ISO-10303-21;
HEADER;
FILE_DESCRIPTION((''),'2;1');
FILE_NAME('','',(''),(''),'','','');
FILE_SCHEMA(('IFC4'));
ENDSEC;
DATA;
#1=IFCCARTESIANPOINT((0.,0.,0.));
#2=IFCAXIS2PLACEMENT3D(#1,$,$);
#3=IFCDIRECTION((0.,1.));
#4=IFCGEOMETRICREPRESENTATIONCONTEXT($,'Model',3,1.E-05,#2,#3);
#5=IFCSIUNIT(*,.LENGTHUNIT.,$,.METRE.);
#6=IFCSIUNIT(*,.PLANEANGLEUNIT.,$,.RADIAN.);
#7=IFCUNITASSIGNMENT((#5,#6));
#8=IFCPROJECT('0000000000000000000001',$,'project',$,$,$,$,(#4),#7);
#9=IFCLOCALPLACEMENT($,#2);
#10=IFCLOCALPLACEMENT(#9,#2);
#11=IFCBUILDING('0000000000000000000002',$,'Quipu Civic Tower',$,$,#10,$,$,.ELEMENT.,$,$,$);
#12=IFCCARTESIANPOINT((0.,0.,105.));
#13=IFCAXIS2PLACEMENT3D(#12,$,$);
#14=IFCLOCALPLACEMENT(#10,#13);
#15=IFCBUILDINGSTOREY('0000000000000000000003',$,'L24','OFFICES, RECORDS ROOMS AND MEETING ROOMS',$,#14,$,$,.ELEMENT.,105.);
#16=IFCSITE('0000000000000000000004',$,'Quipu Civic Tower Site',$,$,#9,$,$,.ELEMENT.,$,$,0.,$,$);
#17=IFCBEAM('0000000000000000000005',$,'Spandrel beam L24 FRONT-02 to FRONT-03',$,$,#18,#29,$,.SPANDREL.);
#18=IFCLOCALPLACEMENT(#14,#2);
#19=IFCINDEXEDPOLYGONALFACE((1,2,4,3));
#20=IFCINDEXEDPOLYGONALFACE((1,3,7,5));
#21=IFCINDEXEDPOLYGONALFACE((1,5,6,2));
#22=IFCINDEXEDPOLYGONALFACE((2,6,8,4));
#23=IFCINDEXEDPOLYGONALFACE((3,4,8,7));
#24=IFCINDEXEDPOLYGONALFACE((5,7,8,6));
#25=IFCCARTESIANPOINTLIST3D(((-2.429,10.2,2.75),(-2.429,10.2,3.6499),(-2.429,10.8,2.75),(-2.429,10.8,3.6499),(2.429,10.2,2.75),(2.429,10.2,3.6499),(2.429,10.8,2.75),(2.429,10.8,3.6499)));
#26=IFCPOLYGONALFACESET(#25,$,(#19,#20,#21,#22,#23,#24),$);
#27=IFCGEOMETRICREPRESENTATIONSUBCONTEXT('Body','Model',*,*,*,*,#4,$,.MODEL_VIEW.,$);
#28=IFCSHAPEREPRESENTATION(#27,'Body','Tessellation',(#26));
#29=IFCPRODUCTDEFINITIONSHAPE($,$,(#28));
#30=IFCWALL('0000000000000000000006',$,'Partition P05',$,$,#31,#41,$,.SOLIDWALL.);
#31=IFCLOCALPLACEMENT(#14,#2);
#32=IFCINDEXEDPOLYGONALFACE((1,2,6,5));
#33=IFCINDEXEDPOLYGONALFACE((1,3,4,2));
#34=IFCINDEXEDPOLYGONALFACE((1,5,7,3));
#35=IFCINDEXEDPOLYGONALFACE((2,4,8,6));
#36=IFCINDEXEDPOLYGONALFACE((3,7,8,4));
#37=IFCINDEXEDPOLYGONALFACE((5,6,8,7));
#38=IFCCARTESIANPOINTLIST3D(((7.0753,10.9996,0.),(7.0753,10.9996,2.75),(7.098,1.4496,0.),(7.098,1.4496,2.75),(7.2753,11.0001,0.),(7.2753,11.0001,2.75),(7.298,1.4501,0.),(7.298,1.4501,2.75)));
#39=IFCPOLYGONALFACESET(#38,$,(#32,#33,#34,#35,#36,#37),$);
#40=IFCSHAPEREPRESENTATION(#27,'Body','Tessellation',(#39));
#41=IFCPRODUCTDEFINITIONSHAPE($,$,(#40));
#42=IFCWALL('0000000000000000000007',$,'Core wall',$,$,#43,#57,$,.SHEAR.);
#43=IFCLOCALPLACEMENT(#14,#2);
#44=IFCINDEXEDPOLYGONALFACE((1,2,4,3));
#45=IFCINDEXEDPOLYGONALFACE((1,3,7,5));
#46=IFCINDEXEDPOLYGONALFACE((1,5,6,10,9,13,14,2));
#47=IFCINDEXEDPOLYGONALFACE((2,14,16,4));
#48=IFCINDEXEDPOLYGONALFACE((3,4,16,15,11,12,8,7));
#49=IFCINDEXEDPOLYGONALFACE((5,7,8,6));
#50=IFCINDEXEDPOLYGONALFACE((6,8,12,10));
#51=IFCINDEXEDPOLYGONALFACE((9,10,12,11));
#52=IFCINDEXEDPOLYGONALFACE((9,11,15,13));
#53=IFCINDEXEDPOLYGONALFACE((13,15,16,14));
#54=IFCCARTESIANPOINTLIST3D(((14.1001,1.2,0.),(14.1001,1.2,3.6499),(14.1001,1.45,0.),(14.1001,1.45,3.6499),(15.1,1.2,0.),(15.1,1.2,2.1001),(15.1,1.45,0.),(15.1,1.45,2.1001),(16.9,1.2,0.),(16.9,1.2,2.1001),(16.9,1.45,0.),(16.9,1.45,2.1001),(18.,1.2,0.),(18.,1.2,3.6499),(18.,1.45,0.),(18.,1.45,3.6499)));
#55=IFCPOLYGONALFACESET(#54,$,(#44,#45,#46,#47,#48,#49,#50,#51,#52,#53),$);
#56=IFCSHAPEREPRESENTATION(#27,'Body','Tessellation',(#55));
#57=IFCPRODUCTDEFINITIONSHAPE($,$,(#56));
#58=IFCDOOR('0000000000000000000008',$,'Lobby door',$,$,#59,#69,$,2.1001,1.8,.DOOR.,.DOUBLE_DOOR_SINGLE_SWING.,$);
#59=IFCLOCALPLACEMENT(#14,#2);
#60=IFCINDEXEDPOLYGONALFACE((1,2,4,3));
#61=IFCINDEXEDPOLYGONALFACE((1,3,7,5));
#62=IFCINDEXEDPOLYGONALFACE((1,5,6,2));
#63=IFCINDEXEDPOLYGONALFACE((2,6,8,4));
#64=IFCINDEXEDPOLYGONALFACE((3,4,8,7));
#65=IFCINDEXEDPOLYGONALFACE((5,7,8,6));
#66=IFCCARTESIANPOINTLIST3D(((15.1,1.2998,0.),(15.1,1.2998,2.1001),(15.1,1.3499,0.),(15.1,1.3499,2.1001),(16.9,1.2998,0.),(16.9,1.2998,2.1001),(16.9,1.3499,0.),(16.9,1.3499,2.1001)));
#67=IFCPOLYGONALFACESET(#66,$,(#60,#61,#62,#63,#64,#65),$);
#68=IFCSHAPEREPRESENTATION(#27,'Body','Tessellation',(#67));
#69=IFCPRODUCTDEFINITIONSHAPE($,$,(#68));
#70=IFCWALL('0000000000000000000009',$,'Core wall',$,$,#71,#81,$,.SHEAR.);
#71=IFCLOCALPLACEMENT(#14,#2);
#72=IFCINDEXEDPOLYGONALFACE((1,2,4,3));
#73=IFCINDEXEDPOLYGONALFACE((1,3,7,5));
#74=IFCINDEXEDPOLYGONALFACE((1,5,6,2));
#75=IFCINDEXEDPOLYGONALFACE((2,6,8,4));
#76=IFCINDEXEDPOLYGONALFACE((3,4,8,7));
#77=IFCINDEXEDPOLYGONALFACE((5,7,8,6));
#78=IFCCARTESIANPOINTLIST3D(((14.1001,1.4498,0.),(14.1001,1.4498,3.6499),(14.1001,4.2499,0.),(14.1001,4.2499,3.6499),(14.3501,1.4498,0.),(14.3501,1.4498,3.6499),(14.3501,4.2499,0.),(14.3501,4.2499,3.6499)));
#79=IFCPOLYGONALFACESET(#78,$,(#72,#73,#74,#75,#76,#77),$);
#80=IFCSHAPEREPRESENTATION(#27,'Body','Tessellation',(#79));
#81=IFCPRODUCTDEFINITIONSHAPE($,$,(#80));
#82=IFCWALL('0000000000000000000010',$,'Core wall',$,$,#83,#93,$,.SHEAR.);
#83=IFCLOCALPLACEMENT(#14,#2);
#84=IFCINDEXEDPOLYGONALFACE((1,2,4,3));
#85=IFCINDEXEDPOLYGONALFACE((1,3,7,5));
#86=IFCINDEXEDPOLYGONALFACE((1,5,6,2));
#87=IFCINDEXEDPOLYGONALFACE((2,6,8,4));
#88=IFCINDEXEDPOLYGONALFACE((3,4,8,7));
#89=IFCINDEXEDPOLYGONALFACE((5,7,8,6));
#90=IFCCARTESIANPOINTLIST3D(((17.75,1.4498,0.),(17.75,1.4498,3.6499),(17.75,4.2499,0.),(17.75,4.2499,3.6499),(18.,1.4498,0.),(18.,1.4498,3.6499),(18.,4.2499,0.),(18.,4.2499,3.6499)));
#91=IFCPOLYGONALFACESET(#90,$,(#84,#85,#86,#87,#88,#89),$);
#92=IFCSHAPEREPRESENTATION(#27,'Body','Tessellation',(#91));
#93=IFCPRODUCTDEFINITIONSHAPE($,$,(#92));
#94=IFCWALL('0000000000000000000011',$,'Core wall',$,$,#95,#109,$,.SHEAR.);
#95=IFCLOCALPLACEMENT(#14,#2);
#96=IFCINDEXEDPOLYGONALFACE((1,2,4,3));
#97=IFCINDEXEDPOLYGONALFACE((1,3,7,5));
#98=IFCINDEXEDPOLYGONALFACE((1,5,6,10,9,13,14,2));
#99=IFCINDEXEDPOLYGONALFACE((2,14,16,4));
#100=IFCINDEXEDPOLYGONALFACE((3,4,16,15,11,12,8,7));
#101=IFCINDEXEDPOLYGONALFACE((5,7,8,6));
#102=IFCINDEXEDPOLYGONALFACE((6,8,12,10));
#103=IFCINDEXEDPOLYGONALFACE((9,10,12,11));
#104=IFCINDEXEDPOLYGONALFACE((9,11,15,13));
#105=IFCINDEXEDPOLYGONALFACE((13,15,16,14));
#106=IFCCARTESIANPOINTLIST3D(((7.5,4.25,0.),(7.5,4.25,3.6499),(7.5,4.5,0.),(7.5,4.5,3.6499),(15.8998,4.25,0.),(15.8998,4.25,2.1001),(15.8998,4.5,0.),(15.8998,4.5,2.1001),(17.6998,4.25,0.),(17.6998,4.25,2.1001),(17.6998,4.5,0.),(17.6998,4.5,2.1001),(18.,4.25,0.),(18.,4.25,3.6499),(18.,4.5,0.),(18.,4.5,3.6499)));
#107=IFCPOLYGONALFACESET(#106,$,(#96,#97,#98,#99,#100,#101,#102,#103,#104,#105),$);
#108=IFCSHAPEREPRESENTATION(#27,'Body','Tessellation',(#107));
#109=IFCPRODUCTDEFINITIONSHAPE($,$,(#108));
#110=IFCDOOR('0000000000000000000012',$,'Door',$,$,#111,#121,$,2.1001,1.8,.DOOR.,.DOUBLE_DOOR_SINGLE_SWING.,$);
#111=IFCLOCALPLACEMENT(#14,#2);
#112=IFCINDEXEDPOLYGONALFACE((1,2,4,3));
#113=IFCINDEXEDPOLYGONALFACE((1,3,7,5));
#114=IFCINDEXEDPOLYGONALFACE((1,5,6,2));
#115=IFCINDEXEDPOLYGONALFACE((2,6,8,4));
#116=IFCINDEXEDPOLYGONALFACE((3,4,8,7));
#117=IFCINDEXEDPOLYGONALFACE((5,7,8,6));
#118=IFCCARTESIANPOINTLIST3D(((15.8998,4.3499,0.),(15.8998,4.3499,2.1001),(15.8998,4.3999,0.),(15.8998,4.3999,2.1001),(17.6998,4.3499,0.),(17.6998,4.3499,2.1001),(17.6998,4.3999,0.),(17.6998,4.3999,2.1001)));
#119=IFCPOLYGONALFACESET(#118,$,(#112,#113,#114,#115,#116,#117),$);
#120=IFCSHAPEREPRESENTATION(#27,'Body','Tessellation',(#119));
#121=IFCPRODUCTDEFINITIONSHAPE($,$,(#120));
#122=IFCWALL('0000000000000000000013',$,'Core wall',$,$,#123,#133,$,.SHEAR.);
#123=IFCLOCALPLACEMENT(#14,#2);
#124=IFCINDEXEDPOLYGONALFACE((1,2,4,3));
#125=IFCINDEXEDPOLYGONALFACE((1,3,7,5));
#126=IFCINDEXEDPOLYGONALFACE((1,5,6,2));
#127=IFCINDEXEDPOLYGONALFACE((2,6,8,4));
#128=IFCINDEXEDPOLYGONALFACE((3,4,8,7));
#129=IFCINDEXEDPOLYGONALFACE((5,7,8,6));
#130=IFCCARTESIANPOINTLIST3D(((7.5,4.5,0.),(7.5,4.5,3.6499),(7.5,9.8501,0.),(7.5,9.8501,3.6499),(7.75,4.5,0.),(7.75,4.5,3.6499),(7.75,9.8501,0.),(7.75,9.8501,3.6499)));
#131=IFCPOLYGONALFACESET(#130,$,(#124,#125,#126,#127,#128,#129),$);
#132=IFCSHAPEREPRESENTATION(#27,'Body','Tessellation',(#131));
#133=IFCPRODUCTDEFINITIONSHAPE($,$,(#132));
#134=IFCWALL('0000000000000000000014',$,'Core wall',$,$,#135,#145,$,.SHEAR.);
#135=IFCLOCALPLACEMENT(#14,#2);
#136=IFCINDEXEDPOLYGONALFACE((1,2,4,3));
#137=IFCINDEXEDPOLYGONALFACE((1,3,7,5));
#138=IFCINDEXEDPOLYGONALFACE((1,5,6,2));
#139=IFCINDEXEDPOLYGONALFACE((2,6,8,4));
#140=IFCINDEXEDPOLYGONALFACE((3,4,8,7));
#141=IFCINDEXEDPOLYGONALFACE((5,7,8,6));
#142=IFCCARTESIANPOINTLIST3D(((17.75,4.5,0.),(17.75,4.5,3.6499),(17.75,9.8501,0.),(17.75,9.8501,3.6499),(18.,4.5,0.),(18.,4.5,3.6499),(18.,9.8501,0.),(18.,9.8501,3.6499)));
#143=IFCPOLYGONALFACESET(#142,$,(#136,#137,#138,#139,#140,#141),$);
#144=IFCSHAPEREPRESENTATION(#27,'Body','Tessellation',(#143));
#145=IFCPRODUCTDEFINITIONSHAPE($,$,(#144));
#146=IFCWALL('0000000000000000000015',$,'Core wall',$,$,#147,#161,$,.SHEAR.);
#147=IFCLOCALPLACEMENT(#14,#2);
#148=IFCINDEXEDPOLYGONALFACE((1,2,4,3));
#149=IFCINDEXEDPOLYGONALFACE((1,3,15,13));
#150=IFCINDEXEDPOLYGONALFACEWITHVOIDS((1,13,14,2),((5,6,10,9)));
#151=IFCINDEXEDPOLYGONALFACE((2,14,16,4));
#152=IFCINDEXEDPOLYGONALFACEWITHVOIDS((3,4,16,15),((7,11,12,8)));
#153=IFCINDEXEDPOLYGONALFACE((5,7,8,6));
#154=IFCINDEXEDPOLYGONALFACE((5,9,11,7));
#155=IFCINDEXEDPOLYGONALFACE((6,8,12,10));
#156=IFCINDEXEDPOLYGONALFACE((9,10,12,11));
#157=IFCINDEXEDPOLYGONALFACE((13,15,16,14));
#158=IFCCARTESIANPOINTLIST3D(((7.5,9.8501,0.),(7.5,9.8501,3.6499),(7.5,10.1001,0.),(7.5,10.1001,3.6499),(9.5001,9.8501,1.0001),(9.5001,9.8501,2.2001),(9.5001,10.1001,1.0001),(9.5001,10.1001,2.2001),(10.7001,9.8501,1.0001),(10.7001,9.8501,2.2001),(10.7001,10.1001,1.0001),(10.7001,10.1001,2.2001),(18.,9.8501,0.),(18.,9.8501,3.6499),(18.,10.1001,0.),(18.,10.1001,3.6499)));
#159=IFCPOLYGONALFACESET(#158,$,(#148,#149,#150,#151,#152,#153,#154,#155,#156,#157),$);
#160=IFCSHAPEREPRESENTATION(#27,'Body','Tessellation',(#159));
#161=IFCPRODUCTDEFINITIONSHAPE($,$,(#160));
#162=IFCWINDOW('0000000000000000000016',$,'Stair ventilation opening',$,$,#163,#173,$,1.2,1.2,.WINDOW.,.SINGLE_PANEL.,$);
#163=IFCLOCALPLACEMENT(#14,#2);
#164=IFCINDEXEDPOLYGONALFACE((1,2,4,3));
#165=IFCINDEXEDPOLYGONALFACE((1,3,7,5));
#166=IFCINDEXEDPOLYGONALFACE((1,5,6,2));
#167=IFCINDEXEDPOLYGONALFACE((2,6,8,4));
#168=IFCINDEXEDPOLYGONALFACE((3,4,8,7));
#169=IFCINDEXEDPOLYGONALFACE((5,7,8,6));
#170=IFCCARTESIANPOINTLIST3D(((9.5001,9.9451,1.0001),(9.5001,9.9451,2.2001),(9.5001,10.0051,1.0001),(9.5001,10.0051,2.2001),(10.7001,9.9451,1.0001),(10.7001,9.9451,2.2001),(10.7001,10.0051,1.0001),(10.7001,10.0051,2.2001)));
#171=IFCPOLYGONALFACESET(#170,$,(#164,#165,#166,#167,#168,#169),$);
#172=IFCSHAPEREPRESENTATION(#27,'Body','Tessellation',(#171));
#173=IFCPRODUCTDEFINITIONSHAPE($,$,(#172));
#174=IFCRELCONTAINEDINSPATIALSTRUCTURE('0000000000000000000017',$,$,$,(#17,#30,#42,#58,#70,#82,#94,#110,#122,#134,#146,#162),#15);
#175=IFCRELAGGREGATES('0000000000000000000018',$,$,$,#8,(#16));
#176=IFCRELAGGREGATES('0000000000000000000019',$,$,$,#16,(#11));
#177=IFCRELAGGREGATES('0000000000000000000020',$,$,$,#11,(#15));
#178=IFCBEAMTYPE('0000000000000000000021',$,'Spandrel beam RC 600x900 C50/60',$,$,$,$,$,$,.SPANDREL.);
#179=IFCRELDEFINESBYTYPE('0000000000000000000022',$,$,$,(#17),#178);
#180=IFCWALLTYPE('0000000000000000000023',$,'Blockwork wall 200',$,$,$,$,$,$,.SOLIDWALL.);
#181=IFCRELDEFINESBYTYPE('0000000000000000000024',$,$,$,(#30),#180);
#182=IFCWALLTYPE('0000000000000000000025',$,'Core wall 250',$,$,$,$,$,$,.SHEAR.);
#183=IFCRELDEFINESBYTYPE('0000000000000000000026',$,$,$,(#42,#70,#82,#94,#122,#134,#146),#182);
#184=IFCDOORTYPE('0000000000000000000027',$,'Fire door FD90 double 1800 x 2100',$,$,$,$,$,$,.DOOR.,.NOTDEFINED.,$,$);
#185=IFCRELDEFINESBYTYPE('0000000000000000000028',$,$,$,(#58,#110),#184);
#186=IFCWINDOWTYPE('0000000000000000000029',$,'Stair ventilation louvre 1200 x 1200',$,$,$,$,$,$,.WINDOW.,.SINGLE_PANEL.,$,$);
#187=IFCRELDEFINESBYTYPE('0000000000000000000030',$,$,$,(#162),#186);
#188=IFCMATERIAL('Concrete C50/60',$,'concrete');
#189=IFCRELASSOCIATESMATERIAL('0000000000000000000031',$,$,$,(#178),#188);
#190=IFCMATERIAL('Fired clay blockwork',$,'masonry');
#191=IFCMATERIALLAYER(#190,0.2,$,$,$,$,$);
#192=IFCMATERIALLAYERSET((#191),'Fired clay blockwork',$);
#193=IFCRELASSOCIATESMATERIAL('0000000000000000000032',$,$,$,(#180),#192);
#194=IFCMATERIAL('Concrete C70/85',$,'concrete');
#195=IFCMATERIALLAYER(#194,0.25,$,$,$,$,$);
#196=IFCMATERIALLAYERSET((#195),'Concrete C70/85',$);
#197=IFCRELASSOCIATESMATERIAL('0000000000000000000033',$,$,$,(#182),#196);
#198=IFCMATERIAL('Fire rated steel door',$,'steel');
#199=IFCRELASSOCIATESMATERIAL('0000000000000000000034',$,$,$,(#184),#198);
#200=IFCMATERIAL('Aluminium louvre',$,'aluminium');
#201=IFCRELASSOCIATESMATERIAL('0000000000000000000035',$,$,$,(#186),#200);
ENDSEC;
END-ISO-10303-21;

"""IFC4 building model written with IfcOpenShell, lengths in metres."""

from ifc_helpers import new_model, si_unit, direction, frame, frame_2d, origin, origin_2d, place, context, subcontext, project, spatial, rectangle, extrude, material, layer, layer_set, material_profile, profile_set, type_object, element, fill, save


model = new_model("IFC4")

# Units and contexts
model_context = context("Model", 3, precision=1e-05, world=origin(), true_north=direction((0.0, 1.0)))
body_context = subcontext(model_context, "Body", "Model", "MODEL_VIEW")
ifc_project = project(units=[si_unit("LENGTHUNIT", "METRE"), si_unit("PLANEANGLEUNIT", "RADIAN")], contexts=[model_context])

# Site, building, storey
site_placement = place(None, origin())
site = spatial("IfcSite", under=ifc_project, at=site_placement, Name="Quipu Civic Tower Site", CompositionType="ELEMENT", RefElevation=0.0)
building_placement = place(site_placement, origin())
building = spatial("IfcBuilding", under=site, at=building_placement, Name="Quipu Civic Tower", CompositionType="ELEMENT")
storey_placement = place(building_placement, frame((0.0, 0.0, 105.0)))
storey = spatial("IfcBuildingStorey", under=building, at=storey_placement, Name="L24", Description="OFFICES, RECORDS ROOMS AND MEETING ROOMS", CompositionType="ELEMENT", Elevation=105.0)

# Beam
ifc_material_1 = material(Name="Concrete C50/60", Category="concrete")
ifc_material_profile = material_profile(ifc_material_1, rectangle(XDim=0.6001, YDim=0.8999, at=origin_2d()), Name="RC600x900")
ifc_profile_set = profile_set([ifc_material_profile], Name="Concrete C50/60")
beam_type = type_object("IfcBeamType", Name="Spandrel beam RC 600x900 C50/60", PredefinedType="SPANDREL", material=ifc_profile_set)
beam_placement = place(storey_placement, frame((2.429, 10.5, 3.2), z_axis=(-1.0, 0.0, 0.0), x_axis=(0.0, -1.0, 0.0)))
element("IfcBeam", 1, at=beam_placement, inside=storey, type_object=beam_type, Name="Spandrel beam L24 FRONT-02 to FRONT-03", PredefinedType="SPANDREL", context=body_context, shape_type="SweptSolid", body=[
    extrude(rectangle(XDim=0.6001, YDim=0.8999, at=origin_2d()), origin(), (0.0, 0.0, 1.0), 4.8579),
])

# Wall
ifc_material_2 = material(Name="Fired clay blockwork", Category="masonry")
ifc_layer_1 = layer(ifc_material_2, 0.2)
ifc_layer_set_1 = layer_set([ifc_layer_1], Name="Fired clay blockwork")
wall_type_1 = type_object("IfcWallType", Name="Blockwork wall 200", PredefinedType="SOLIDWALL", material=ifc_layer_set_1)
wall_1_placement = place(storey_placement, frame((7.198, 1.45, 0.0), z_axis=(0.0, 0.0, 1.0), x_axis=(-0.002377, 0.999997, 0.0)))
element("IfcWall", 2, at=wall_1_placement, inside=storey, type_object=wall_type_1, Name="Partition P05", PredefinedType="SOLIDWALL", context=body_context, shape_type="SweptSolid", body=[
    extrude(rectangle(XDim=9.55, YDim=0.2, at=frame_2d((4.7749, 0.0))), origin(), (0.0, 0.0, 1.0), 2.75),
])

# Wall, opening, door
ifc_material_3 = material(Name="Concrete C70/85", Category="concrete")
ifc_layer_2 = layer(ifc_material_3, 0.25)
ifc_layer_set_2 = layer_set([ifc_layer_2], Name="Concrete C70/85")
wall_type_2 = type_object("IfcWallType", Name="Core wall 250", PredefinedType="SHEAR", material=ifc_layer_set_2)
wall_2_placement = place(storey_placement, frame((14.1001, 1.325, 0.0), z_axis=(0.0, 0.0, 1.0), x_axis=(1.0, 0.0, 0.0)))
wall_2 = element("IfcWall", 3, at=wall_2_placement, inside=storey, type_object=wall_type_2, Name="Core wall", PredefinedType="SHEAR", context=body_context, shape_type="SweptSolid", body=[
    extrude(rectangle(XDim=3.8999, YDim=0.25, at=frame_2d((1.95, 0.0))), origin(), (0.0, 0.0, 1.0), 3.6499),
])
opening_1_placement = place(wall_2_placement, frame((1.0, 0.0, 0.0)))
opening_1 = element("IfcOpeningElement", 4, at=opening_1_placement, cuts=wall_2, PredefinedType="OPENING", context=body_context, shape_type="SweptSolid", body=[
    extrude(rectangle(XDim=1.8, YDim=2.1001, at=frame_2d((0.8999, 1.05))), frame((0.0, 0.135, 0.0), z_axis=(0.0, -1.0, 0.0), x_axis=(1.0, 0.0, 0.0)), (0.0, 0.0, 1.0), 0.27),
])
ifc_material_4 = material(Name="Fire rated steel door", Category="steel")
door_type = type_object("IfcDoorType", Name="Fire door FD90 double 1800 x 2100", OperationType="NOTDEFINED", PredefinedType="DOOR", material=ifc_material_4)
door_1_placement = place(opening_1_placement, origin())
door_1 = element("IfcDoor", 5, at=door_1_placement, inside=storey, type_object=door_type, Name="Lobby door", OperationType="DOUBLE_DOOR_SINGLE_SWING", OverallHeight=2.1001, OverallWidth=1.8, PredefinedType="DOOR", context=body_context, shape_type="SweptSolid", body=[
    extrude(rectangle(XDim=1.8, YDim=2.1001, at=frame_2d((0.8999, 1.05))), frame((0.0, 0.0249, 0.0), z_axis=(0.0, -1.0, 0.0), x_axis=(1.0, 0.0, 0.0)), (0.0, 0.0, 1.0), 0.05),
])
fill(opening_1, door_1)

# Walls
for number, where, z_axis, x_axis, name in (
    (6, (14.2251, 1.45, 0.0), (0.0, 0.0, 1.0), (0.0, 1.0, 0.0), "Core wall"),
    (7, (17.875, 1.45, 0.0), (0.0, 0.0, 1.0), (0.0, 1.0, 0.0), "Core wall"),
):
    element("IfcWall", number, at=place(storey_placement, frame(where, z_axis=z_axis, x_axis=x_axis)), inside=storey, type_object=wall_type_2, Name=name, PredefinedType="SHEAR", context=body_context, shape_type="SweptSolid", body=[
        extrude(rectangle(XDim=2.8, YDim=0.25, at=frame_2d((1.3999, 0.0))), origin(), (0.0, 0.0, 1.0), 3.6499),
    ])

# Wall, opening, door
wall_3_placement = place(storey_placement, frame((7.5, 4.375, 0.0), z_axis=(0.0, 0.0, 1.0), x_axis=(1.0, 0.0, 0.0)))
wall_3 = element("IfcWall", 8, at=wall_3_placement, inside=storey, type_object=wall_type_2, Name="Core wall", PredefinedType="SHEAR", context=body_context, shape_type="SweptSolid", body=[
    extrude(rectangle(XDim=10.5, YDim=0.25, at=frame_2d((5.25, 0.0))), origin(), (0.0, 0.0, 1.0), 3.6499),
])
opening_2_placement = place(wall_3_placement, frame((8.3999, 0.0, 0.0)))
opening_2 = element("IfcOpeningElement", 9, at=opening_2_placement, cuts=wall_3, PredefinedType="OPENING", context=body_context, shape_type="SweptSolid", body=[
    extrude(rectangle(XDim=1.8, YDim=2.1001, at=frame_2d((0.8999, 1.05))), frame((0.0, 0.135, 0.0), z_axis=(0.0, -1.0, 0.0), x_axis=(1.0, 0.0, 0.0)), (0.0, 0.0, 1.0), 0.27),
])
door_2_placement = place(opening_2_placement, origin())
door_2 = element("IfcDoor", 10, at=door_2_placement, inside=storey, type_object=door_type, Name="Door", OperationType="DOUBLE_DOOR_SINGLE_SWING", OverallHeight=2.1001, OverallWidth=1.8, PredefinedType="DOOR", context=body_context, shape_type="SweptSolid", body=[
    extrude(rectangle(XDim=1.8, YDim=2.1001, at=frame_2d((0.8999, 1.05))), frame((0.0, 0.0249, 0.0), z_axis=(0.0, -1.0, 0.0), x_axis=(1.0, 0.0, 0.0)), (0.0, 0.0, 1.0), 0.05),
])
fill(opening_2, door_2)

# Walls
for number, where, z_axis, x_axis, name in (
    (11, (7.625, 4.5, 0.0), (0.0, 0.0, 1.0), (0.0, 1.0, 0.0), "Core wall"),
    (12, (17.875, 4.5, 0.0), (0.0, 0.0, 1.0), (0.0, 1.0, 0.0), "Core wall"),
):
    element("IfcWall", number, at=place(storey_placement, frame(where, z_axis=z_axis, x_axis=x_axis)), inside=storey, type_object=wall_type_2, Name=name, PredefinedType="SHEAR", context=body_context, shape_type="SweptSolid", body=[
        extrude(rectangle(XDim=5.3501, YDim=0.25, at=frame_2d((2.675, 0.0))), origin(), (0.0, 0.0, 1.0), 3.6499),
    ])

# Wall, opening, window
wall_4_placement = place(storey_placement, frame((7.5, 9.9751, 0.0), z_axis=(0.0, 0.0, 1.0), x_axis=(1.0, 0.0, 0.0)))
wall_4 = element("IfcWall", 13, at=wall_4_placement, inside=storey, type_object=wall_type_2, Name="Core wall", PredefinedType="SHEAR", context=body_context, shape_type="SweptSolid", body=[
    extrude(rectangle(XDim=10.5, YDim=0.25, at=frame_2d((5.25, 0.0))), origin(), (0.0, 0.0, 1.0), 3.6499),
])
opening_3_placement = place(wall_4_placement, frame((2.0, 0.0, 1.0)))
opening_3 = element("IfcOpeningElement", 14, at=opening_3_placement, cuts=wall_4, PredefinedType="OPENING", context=body_context, shape_type="SweptSolid", body=[
    extrude(rectangle(XDim=1.2, YDim=1.2, at=frame_2d((0.6001, 0.6001))), frame((0.0, 0.135, 0.0), z_axis=(0.0, -1.0, 0.0), x_axis=(1.0, 0.0, 0.0)), (0.0, 0.0, 1.0), 0.27),
])
ifc_material_5 = material(Name="Aluminium louvre", Category="aluminium")
window_type = type_object("IfcWindowType", Name="Stair ventilation louvre 1200 x 1200", PartitioningType="SINGLE_PANEL", PredefinedType="WINDOW", material=ifc_material_5)
window_placement = place(opening_3_placement, origin())
window = element("IfcWindow", 15, at=window_placement, inside=storey, type_object=window_type, Name="Stair ventilation opening", OverallHeight=1.2, OverallWidth=1.2, PartitioningType="SINGLE_PANEL", PredefinedType="WINDOW", context=body_context, shape_type="SweptSolid", body=[
    extrude(rectangle(XDim=1.2, YDim=1.2, at=frame_2d((0.6001, 0.6001))), frame((0.0, 0.03, 0.0), z_axis=(0.0, -1.0, 0.0), x_axis=(1.0, 0.0, 0.0)), (0.0, 0.0, 1.0), 0.0601),
])
fill(opening_3, window)

save(model, "model.ifc")
